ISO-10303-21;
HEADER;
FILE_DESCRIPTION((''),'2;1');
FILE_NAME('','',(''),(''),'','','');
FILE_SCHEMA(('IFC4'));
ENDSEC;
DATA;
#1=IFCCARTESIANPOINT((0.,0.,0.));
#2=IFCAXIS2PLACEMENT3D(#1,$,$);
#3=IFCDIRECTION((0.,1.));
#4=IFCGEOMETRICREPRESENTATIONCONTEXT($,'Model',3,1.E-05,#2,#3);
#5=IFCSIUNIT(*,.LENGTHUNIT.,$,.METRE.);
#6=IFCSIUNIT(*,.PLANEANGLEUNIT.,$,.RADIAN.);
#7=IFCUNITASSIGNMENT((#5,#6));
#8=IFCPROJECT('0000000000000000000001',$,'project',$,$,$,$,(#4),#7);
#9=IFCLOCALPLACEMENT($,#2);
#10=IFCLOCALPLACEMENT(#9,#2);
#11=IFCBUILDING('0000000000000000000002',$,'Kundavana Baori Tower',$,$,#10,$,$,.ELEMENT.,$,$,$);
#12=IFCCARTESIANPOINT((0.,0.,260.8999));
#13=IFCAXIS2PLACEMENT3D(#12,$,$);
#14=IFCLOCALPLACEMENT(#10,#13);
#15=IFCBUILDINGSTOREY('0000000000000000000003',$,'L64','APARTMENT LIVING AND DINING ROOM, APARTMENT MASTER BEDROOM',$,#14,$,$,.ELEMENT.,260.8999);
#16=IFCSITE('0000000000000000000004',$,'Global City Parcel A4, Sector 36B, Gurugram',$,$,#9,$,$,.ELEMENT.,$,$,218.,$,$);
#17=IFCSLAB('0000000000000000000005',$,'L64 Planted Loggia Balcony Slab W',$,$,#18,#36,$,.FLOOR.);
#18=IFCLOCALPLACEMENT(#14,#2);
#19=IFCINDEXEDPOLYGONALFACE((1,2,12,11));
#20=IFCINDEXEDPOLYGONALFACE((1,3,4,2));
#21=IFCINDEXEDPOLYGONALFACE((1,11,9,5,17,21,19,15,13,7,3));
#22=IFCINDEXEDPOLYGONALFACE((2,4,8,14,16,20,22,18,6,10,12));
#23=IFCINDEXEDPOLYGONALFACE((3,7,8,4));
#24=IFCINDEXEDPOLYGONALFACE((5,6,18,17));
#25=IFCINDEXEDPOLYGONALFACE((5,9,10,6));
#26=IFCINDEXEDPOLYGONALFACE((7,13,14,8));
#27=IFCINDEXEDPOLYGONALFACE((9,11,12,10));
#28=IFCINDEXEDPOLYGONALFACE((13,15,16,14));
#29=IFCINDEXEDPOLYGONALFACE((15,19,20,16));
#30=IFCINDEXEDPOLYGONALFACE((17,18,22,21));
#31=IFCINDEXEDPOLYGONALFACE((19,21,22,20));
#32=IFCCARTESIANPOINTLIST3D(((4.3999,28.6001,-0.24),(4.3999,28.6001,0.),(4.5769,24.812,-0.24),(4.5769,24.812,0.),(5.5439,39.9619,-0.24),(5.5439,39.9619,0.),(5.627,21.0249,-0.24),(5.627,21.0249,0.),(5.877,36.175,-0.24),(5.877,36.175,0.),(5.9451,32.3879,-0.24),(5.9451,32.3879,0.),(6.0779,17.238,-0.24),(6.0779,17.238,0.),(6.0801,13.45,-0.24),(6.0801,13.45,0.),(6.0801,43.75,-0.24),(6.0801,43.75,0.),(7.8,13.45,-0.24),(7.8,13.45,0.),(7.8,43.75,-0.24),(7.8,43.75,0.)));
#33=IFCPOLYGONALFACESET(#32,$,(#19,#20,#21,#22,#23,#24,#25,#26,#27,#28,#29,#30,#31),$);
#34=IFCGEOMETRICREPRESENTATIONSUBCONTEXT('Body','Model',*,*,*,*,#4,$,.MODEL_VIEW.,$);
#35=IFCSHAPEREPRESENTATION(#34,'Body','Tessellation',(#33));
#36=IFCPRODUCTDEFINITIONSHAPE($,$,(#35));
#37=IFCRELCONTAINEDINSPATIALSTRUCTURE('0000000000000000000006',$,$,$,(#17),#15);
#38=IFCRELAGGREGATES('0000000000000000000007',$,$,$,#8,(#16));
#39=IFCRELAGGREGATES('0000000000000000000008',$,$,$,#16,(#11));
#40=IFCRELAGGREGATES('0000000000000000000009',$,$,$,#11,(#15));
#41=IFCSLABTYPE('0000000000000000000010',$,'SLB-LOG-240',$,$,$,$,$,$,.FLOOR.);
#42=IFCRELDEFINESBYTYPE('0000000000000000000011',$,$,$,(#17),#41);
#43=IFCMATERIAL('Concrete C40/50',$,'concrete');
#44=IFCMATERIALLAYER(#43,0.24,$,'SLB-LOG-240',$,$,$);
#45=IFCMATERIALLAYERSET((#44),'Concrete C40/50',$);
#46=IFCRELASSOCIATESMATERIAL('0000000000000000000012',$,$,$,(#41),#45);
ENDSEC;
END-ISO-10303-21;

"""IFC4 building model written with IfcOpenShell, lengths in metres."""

from ifc_helpers import new_model, si_unit, direction, frame, origin, place, context, subcontext, project, spatial, polyline, outline, extrude, material, layer, layer_set, type_object, element, save


model = new_model("IFC4")

# Units and contexts
model_context = context("Model", 3, precision=1e-05, world=origin(), true_north=direction((0.0, 1.0)))
body_context = subcontext(model_context, "Body", "Model", "MODEL_VIEW")
ifc_project = project(units=[si_unit("LENGTHUNIT", "METRE"), si_unit("PLANEANGLEUNIT", "RADIAN")], contexts=[model_context])

# Site, building, storey
site_placement = place(None, origin())
site = spatial("IfcSite", under=ifc_project, at=site_placement, Name="Global City Parcel A4, Sector 36B, Gurugram", CompositionType="ELEMENT", RefElevation=218.0)
building_placement = place(site_placement, origin())
building = spatial("IfcBuilding", under=site, at=building_placement, Name="Kundavana Baori Tower", CompositionType="ELEMENT")
storey_placement = place(building_placement, frame((0.0, 0.0, 260.8999)))
storey = spatial("IfcBuildingStorey", under=building, at=storey_placement, Name="L64", Description="APARTMENT LIVING AND DINING ROOM, APARTMENT MASTER BEDROOM", CompositionType="ELEMENT", Elevation=260.8999)

# Slab
ifc_material_1 = material(Name="Concrete C40/50", Category="concrete")
ifc_layer_1 = layer(ifc_material_1, 0.24, Name="SLB-LOG-240")
ifc_layer_set_1 = layer_set([ifc_layer_1], Name="Concrete C40/50")
slab_type_1 = type_object("IfcSlabType", Name="SLB-LOG-240", PredefinedType="FLOOR", material=ifc_layer_set_1)
slab_1_placement = place(storey_placement, frame((0.0, 0.0, -0.24)))
element("IfcSlab", 1, at=slab_1_placement, inside=storey, type_object=slab_type_1, Name="L64 Planted Loggia Balcony Slab W", PredefinedType="FLOOR", context=body_context, shape_type="SweptSolid", body=[
    extrude(outline(polyline([(7.8, 43.75), (7.8, 13.45), (6.0801, 13.45), (6.0779, 17.238), (5.627, 21.0249), (4.5769, 24.812), (4.3999, 28.6001), (5.9451, 32.3879), (5.877, 36.175), (5.5439, 39.9619), (6.0801, 43.75), (7.8, 43.75)])), origin(), (0.0, 0.0, 1.0), 0.24),
])

save(model, "model.ifc")
